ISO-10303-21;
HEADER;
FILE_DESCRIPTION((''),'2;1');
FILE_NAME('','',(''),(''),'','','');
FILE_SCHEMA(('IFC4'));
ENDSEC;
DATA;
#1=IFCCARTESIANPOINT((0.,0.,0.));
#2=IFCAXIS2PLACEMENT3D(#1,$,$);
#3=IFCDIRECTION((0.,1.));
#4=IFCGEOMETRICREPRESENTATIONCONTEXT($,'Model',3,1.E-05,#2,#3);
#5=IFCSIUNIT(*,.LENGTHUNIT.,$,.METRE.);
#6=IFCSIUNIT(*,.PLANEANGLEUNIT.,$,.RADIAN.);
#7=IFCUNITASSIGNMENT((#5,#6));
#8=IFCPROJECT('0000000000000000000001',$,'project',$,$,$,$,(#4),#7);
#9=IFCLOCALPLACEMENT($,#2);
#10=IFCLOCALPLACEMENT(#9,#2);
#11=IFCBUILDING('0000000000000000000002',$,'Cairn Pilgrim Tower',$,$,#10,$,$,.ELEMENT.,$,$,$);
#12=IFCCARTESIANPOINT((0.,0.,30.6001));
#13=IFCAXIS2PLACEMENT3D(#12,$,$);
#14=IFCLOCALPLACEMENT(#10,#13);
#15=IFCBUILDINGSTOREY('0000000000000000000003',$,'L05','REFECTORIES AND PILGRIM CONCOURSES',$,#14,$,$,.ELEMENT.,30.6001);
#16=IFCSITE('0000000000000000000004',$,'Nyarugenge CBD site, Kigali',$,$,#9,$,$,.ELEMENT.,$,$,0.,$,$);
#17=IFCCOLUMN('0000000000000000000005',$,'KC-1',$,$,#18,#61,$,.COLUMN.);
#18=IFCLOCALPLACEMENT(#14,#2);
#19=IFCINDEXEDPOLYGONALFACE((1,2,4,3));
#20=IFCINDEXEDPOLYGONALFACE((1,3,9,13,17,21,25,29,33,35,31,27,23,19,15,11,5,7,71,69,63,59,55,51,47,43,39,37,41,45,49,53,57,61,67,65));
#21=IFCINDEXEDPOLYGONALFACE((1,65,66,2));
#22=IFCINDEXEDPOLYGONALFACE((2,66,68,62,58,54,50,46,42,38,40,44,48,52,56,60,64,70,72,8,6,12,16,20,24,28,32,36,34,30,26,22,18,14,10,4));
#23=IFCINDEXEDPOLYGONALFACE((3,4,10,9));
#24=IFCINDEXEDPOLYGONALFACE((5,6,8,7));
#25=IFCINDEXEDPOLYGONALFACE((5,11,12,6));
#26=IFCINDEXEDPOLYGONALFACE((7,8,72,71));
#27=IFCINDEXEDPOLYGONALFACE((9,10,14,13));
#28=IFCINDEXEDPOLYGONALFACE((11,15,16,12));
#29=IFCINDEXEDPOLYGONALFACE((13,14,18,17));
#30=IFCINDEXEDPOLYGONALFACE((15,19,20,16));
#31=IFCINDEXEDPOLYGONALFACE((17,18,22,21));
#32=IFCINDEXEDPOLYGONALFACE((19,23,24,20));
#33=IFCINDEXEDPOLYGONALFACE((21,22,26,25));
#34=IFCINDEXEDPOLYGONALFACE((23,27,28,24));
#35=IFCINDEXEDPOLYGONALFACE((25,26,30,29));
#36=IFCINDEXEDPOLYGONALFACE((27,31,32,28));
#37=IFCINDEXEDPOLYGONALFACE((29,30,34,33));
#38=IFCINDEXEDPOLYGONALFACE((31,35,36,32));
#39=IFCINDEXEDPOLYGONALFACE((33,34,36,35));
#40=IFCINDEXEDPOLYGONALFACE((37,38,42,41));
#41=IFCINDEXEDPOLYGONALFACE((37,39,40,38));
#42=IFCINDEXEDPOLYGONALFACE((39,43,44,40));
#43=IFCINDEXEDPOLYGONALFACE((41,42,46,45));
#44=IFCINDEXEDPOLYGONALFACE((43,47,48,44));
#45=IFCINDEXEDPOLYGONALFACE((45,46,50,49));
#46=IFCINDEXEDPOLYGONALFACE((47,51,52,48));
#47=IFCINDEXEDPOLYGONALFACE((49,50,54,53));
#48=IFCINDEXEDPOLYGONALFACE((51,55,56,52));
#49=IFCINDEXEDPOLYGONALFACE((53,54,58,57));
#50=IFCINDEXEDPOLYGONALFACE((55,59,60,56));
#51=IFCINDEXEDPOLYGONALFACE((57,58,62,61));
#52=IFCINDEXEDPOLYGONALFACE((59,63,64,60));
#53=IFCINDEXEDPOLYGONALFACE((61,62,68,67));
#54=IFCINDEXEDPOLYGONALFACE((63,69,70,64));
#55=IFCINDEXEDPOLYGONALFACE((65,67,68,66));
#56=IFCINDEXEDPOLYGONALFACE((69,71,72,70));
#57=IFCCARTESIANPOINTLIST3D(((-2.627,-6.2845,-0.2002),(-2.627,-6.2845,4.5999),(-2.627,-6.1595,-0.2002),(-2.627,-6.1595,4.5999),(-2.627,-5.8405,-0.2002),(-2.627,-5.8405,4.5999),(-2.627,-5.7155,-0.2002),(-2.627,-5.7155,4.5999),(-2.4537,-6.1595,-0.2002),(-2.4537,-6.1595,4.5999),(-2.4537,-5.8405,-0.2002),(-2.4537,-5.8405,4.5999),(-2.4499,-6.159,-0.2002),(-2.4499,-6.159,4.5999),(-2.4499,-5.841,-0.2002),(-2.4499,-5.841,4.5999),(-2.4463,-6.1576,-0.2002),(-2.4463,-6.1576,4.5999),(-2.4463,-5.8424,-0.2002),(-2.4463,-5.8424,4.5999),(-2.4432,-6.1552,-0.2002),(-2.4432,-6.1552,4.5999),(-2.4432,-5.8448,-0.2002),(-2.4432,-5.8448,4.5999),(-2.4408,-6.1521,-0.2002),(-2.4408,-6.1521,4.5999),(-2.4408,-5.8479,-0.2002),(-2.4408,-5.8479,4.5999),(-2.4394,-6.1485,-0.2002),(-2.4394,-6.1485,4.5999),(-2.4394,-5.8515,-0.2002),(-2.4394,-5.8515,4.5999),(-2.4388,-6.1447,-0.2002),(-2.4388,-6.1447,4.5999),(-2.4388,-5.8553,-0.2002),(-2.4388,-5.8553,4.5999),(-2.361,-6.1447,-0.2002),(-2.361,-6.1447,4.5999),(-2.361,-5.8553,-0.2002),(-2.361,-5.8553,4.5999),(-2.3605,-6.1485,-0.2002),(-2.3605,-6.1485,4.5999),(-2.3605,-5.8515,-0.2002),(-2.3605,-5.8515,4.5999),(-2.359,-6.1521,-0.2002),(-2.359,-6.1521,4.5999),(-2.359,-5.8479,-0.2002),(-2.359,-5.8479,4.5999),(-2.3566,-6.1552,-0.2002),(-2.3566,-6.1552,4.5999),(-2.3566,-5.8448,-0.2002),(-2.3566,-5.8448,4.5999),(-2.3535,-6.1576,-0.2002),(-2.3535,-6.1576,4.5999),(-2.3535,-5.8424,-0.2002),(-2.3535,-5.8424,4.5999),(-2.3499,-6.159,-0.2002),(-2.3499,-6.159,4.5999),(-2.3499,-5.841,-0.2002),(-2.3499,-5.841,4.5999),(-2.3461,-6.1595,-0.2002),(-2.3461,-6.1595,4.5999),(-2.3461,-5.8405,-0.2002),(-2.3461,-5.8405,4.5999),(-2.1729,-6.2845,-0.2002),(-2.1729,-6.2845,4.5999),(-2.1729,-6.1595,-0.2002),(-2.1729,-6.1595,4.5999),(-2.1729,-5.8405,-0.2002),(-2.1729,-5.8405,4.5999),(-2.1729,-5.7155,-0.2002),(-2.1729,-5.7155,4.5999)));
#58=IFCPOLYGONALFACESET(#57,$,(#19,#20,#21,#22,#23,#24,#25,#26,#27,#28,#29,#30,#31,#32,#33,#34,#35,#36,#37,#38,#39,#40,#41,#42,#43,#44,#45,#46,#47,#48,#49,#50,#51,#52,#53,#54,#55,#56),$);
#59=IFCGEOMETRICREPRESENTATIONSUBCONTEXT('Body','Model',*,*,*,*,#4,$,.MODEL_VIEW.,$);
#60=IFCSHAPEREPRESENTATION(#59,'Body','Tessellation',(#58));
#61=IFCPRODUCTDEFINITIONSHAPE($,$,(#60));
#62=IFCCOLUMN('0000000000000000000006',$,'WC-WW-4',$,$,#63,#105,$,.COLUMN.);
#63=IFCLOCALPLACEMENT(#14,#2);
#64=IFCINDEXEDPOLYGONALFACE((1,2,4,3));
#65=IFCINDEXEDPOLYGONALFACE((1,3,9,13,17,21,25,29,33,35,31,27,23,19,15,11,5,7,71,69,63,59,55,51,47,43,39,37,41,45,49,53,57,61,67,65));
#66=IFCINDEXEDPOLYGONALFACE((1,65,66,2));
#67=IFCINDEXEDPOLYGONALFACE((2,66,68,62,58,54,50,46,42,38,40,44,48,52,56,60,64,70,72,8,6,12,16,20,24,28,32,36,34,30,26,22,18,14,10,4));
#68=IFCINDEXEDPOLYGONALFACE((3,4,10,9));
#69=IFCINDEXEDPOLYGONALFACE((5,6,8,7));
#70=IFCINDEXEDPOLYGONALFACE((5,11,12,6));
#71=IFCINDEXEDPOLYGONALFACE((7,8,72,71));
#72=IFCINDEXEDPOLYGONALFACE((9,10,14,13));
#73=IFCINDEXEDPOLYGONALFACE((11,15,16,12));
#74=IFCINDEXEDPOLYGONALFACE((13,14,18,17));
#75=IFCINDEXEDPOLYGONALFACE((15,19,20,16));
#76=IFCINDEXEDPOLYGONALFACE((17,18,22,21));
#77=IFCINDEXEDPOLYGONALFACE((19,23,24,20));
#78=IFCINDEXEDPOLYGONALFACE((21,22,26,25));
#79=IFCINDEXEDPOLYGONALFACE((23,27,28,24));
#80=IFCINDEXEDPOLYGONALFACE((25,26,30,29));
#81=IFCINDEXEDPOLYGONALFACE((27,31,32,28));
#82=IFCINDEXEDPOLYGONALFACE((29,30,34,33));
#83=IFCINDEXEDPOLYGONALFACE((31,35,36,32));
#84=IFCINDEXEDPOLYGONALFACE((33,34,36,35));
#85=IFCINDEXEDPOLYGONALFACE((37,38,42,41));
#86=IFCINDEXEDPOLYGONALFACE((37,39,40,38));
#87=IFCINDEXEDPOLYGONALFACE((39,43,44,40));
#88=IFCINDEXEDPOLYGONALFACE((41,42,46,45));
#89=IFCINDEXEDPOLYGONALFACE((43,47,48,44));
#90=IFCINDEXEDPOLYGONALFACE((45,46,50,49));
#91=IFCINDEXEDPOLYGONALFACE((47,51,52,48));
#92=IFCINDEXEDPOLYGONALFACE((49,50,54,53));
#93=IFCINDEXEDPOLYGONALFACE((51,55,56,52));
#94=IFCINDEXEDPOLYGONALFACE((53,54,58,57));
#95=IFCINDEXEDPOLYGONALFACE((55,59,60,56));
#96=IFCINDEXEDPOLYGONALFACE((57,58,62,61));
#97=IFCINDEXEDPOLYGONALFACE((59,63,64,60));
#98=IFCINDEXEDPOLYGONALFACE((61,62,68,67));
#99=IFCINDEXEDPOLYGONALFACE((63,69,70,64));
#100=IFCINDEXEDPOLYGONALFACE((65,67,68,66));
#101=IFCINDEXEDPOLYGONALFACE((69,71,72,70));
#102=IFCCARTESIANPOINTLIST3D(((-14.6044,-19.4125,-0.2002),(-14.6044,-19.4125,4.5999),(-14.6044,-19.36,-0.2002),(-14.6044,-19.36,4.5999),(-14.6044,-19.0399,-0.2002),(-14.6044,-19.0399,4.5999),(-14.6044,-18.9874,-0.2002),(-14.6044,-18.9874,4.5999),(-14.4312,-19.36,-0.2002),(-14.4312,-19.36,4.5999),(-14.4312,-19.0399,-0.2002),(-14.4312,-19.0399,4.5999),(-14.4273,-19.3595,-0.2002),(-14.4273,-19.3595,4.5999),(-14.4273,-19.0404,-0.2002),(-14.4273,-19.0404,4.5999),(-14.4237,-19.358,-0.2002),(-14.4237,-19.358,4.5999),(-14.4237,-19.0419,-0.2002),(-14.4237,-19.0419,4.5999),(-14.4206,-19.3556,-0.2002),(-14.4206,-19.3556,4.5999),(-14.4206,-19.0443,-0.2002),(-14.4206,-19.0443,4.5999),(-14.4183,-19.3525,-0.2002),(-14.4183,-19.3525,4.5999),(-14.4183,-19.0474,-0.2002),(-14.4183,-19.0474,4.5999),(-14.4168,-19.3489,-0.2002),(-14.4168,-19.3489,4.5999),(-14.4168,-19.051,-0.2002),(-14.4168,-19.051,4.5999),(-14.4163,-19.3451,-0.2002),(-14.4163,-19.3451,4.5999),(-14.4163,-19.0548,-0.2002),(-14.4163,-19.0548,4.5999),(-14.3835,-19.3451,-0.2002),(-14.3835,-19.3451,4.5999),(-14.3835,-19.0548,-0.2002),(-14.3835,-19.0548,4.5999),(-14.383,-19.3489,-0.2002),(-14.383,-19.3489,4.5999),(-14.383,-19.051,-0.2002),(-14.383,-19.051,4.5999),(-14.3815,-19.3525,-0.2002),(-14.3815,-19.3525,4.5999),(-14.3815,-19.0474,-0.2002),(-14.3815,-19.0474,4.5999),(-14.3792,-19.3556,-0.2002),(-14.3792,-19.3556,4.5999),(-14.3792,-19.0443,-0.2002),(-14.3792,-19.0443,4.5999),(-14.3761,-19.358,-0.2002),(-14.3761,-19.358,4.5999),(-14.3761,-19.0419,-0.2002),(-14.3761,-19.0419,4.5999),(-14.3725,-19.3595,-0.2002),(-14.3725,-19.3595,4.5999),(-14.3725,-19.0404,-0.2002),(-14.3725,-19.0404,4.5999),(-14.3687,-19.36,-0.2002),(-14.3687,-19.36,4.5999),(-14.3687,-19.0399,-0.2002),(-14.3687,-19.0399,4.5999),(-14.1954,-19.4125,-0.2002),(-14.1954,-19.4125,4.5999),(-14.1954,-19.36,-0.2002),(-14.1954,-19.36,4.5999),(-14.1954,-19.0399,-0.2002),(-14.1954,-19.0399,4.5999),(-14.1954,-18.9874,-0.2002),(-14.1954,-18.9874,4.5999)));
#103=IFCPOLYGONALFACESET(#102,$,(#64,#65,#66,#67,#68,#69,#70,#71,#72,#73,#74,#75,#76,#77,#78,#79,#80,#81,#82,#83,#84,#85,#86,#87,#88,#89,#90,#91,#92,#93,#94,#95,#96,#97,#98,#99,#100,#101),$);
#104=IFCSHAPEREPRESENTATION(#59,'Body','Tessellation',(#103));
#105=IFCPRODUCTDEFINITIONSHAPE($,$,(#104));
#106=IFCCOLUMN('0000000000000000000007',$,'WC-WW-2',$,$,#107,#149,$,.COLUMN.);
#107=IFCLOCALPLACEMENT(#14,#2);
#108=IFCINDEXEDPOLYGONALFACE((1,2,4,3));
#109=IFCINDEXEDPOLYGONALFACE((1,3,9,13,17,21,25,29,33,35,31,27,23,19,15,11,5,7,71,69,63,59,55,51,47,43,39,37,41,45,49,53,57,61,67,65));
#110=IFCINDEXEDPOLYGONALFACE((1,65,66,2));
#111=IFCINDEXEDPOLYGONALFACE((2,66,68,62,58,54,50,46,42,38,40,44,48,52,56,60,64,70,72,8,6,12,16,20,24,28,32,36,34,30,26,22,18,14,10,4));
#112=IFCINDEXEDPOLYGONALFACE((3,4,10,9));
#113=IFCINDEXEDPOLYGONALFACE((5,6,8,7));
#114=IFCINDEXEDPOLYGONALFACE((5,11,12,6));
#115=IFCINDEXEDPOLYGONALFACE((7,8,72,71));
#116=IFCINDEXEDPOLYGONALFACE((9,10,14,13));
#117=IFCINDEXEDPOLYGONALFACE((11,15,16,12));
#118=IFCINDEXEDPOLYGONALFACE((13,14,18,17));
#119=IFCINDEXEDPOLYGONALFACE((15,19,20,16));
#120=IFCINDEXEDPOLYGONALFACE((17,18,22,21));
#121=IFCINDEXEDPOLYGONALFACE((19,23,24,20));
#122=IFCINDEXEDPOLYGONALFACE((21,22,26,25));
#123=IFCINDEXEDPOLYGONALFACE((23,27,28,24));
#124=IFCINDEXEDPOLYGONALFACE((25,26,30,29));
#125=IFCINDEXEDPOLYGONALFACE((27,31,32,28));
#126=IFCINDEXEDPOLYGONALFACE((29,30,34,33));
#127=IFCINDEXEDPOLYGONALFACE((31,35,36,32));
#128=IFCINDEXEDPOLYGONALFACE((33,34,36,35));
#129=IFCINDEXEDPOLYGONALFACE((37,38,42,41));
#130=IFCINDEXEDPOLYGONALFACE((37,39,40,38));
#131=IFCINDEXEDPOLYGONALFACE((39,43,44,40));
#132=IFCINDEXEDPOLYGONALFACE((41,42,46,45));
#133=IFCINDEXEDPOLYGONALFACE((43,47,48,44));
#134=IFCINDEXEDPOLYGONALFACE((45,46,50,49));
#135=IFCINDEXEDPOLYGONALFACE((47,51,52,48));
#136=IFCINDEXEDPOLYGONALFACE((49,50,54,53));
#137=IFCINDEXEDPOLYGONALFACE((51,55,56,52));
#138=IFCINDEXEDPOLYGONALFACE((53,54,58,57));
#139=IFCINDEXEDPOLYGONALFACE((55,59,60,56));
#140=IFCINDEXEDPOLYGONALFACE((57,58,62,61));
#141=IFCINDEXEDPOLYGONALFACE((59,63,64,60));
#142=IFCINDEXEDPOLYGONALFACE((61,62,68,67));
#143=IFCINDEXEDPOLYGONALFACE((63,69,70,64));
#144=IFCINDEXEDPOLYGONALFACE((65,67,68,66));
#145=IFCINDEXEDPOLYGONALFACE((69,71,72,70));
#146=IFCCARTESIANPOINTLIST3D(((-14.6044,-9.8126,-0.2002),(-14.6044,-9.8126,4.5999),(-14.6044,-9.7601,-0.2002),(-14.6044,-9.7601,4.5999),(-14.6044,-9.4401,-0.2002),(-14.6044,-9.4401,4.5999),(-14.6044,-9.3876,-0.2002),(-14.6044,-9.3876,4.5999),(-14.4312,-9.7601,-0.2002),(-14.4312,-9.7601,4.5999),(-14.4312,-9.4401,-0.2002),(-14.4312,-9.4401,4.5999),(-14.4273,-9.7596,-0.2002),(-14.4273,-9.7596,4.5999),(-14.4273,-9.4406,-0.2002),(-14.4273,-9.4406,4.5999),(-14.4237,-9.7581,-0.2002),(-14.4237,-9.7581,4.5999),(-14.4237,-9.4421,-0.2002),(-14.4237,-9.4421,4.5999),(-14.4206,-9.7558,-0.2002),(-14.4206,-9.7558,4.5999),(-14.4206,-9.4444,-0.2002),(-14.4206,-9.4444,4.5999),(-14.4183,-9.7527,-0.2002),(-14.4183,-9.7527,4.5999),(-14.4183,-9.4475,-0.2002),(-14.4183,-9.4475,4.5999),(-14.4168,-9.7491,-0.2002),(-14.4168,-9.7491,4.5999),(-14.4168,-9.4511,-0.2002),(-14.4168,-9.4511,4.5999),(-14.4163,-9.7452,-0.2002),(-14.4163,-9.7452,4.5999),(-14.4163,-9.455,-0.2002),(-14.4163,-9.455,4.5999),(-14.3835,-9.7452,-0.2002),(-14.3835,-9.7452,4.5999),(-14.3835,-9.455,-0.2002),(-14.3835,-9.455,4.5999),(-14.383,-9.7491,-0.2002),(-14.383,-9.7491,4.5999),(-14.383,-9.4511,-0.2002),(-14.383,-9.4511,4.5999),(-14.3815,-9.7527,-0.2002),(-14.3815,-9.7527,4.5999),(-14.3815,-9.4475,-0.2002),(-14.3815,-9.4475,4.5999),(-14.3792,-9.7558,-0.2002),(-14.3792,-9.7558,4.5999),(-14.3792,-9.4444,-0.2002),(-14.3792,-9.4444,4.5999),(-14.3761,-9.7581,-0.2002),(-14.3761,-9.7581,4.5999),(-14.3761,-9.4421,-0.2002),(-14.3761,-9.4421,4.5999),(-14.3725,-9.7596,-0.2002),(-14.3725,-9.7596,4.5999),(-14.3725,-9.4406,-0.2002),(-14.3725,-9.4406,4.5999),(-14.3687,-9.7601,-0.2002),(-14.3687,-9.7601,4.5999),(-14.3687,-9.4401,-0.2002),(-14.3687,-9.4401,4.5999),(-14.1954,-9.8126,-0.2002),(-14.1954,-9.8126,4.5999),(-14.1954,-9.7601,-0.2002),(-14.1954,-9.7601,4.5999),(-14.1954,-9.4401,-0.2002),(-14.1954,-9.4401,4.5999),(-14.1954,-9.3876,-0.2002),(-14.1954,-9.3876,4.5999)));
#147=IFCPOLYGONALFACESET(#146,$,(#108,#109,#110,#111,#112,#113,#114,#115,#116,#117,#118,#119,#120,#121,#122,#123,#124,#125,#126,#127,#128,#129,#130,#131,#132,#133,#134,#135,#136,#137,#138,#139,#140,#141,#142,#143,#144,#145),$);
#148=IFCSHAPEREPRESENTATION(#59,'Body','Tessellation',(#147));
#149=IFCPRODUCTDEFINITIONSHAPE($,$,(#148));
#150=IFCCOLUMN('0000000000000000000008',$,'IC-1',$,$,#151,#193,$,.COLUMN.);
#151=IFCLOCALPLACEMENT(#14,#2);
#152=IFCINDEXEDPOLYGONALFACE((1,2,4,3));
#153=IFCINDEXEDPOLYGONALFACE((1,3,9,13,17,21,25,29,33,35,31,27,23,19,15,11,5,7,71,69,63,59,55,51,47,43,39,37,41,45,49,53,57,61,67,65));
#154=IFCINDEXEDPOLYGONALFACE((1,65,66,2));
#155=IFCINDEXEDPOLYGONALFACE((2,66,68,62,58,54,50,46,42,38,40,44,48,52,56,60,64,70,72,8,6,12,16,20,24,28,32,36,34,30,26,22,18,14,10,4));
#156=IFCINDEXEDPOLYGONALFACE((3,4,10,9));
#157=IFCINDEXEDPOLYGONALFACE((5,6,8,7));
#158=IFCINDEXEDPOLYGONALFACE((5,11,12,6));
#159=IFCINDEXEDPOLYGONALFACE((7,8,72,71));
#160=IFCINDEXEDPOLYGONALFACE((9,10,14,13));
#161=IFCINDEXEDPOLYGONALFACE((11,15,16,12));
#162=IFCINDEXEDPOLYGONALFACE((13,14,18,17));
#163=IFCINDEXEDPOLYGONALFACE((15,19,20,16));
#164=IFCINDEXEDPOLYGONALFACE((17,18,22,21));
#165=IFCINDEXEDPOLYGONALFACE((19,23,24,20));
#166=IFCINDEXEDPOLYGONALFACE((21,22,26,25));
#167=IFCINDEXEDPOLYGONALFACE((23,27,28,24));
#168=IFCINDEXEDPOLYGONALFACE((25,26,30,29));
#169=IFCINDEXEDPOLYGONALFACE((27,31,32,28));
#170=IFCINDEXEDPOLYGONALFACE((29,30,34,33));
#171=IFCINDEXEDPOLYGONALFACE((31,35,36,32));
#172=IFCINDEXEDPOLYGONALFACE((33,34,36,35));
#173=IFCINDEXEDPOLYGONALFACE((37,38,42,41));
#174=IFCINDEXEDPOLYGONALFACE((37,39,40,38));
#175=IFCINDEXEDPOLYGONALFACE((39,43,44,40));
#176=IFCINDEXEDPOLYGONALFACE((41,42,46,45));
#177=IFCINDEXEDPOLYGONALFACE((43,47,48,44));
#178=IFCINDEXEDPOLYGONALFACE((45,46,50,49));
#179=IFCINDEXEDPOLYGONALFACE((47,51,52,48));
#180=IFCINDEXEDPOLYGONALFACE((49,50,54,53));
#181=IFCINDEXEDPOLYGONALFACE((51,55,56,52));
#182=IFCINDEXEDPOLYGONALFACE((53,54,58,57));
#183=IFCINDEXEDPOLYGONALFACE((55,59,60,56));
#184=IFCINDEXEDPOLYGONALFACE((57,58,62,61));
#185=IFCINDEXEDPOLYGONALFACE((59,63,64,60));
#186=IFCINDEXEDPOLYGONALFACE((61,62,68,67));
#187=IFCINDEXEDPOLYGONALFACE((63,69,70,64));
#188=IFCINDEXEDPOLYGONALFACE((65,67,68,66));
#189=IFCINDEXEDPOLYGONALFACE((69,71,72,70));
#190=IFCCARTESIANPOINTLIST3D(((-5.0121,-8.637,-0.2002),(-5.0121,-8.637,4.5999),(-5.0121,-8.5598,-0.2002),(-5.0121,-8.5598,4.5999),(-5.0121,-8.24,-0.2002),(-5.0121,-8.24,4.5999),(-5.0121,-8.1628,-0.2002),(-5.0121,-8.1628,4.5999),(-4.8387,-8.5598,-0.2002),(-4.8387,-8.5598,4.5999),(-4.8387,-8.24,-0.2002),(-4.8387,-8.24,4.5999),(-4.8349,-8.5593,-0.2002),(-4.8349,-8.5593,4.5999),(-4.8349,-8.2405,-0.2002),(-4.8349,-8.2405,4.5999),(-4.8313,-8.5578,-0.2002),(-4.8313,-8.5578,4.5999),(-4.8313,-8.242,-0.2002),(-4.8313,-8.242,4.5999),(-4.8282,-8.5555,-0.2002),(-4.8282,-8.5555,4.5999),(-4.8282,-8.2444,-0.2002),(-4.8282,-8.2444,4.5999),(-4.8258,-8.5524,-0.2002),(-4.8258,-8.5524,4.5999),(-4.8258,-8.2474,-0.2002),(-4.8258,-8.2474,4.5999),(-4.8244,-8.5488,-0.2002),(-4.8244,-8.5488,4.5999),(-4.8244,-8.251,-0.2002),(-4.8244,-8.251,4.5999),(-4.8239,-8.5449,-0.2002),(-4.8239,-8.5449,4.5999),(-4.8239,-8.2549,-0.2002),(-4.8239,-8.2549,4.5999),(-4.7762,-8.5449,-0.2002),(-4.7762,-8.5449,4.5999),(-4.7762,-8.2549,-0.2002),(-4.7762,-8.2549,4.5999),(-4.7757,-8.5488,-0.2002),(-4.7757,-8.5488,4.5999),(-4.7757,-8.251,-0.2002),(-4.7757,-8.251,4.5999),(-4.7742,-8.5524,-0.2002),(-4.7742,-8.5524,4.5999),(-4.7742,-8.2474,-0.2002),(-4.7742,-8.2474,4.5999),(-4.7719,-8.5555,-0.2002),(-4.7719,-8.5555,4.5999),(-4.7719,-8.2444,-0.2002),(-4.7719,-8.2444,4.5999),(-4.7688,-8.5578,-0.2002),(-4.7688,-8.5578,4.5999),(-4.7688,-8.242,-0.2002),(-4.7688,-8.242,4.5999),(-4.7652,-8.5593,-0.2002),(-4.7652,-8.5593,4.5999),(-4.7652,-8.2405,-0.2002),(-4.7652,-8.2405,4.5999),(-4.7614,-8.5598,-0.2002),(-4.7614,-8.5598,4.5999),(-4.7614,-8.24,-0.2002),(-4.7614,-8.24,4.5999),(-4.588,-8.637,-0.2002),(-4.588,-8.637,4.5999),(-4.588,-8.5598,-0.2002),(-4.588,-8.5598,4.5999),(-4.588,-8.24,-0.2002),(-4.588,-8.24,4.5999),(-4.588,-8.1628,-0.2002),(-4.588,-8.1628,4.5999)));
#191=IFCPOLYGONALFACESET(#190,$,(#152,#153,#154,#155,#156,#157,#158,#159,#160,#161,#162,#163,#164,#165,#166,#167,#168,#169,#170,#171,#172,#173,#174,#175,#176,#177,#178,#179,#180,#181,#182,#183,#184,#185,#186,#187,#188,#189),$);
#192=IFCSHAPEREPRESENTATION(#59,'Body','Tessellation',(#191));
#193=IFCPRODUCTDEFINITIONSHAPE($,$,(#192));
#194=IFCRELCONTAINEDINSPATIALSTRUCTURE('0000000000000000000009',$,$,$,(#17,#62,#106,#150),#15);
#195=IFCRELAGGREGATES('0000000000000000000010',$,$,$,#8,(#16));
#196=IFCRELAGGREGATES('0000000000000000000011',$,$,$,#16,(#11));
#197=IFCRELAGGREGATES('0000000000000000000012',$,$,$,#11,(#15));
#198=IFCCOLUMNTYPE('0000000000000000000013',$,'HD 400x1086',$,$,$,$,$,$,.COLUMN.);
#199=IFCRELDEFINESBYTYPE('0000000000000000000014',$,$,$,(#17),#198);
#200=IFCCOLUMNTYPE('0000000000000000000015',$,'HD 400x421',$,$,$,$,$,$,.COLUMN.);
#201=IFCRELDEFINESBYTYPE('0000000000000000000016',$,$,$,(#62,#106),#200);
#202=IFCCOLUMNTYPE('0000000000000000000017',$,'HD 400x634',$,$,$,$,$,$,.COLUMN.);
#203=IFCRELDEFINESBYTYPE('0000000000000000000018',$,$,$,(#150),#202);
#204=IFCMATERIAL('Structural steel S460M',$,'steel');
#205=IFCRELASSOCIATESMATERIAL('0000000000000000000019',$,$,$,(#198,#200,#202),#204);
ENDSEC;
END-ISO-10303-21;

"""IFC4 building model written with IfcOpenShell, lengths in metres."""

from ifc_helpers import new_model, si_unit, direction, frame, origin, origin_2d, place, context, subcontext, project, spatial, i_section, extrude, material, material_profile, profile_set, type_object, element, save


model = new_model("IFC4")

# Units and contexts
model_context = context("Model", 3, precision=1e-05, world=origin(), true_north=direction((0.0, 1.0)))
body_context = subcontext(model_context, "Body", "Model", "MODEL_VIEW")
ifc_project = project(units=[si_unit("LENGTHUNIT", "METRE"), si_unit("PLANEANGLEUNIT", "RADIAN")], contexts=[model_context])

# Site, building, storey
site_placement = place(None, origin())
site = spatial("IfcSite", under=ifc_project, at=site_placement, Name="Nyarugenge CBD site, Kigali", CompositionType="ELEMENT", RefElevation=0.0)
building_placement = place(site_placement, origin())
building = spatial("IfcBuilding", under=site, at=building_placement, Name="Cairn Pilgrim Tower", CompositionType="ELEMENT")
storey_placement = place(building_placement, frame((0.0, 0.0, 30.6001)))
storey = spatial("IfcBuildingStorey", under=building, at=storey_placement, Name="L05", Description="REFECTORIES AND PILGRIM CONCOURSES", CompositionType="ELEMENT", Elevation=30.6001)

# Columns
ifc_material_1 = material(Name="Structural steel S460M", Category="steel")
ifc_material_profile_1 = material_profile(ifc_material_1, i_section(OverallWidth=0.4541, OverallDepth=0.5691, WebThickness=0.0779, FlangeThickness=0.125, FilletRadius=0.0149, at=origin_2d()), Name="HD 400x1086")
ifc_profile_set_1 = profile_set([ifc_material_profile_1], Name="Structural steel S460M")
column_type_1 = type_object("IfcColumnType", Name="HD 400x1086", PredefinedType="COLUMN", material=ifc_profile_set_1)
column_1_placement = place(storey_placement, frame((-2.3999, -6.0, -0.2002), z_axis=(0.0, 0.0, 1.0), x_axis=(1.0, 0.0, 0.0)))
element("IfcColumn", 1, at=column_1_placement, inside=storey, type_object=column_type_1, Name="KC-1", PredefinedType="COLUMN", context=body_context, shape_type="SweptSolid", body=[
    extrude(i_section(OverallWidth=0.4541, OverallDepth=0.5691, WebThickness=0.0779, FlangeThickness=0.125, FilletRadius=0.0149, at=origin_2d()), origin(), (0.0, 0.0, 1.0), 4.8),
])
ifc_material_profile_2 = material_profile(ifc_material_1, i_section(OverallWidth=0.4089, OverallDepth=0.425, WebThickness=0.0327, FlangeThickness=0.0525, FilletRadius=0.0149, at=origin_2d()), Name="HD 400x421")
ifc_profile_set_2 = profile_set([ifc_material_profile_2], Name="Structural steel S460M")
column_type_2 = type_object("IfcColumnType", Name="HD 400x421", PredefinedType="COLUMN", material=ifc_profile_set_2)
for number, where, z_axis, x_axis, name in (
    (2, (-14.3999, -19.2, -0.2002), (0.0, 0.0, 1.0), (1.0, 0.0, 0.0), "WC-WW-4"),
    (3, (-14.3999, -9.6001, -0.2002), (0.0, 0.0, 1.0), (1.0, 0.0, 0.0), "WC-WW-2"),
):
    element("IfcColumn", number, at=place(storey_placement, frame(where, z_axis=z_axis, x_axis=x_axis)), inside=storey, type_object=column_type_2, Name=name, PredefinedType="COLUMN", context=body_context, shape_type="SweptSolid", body=[
        extrude(i_section(OverallWidth=0.4089, OverallDepth=0.425, WebThickness=0.0327, FlangeThickness=0.0525, FilletRadius=0.0149, at=origin_2d()), origin(), (0.0, 0.0, 1.0), 4.8),
    ])
ifc_material_profile_3 = material_profile(ifc_material_1, i_section(OverallWidth=0.4241, OverallDepth=0.4741, WebThickness=0.0476, FlangeThickness=0.0771, FilletRadius=0.0149, at=origin_2d()), Name="HD 400x634")
ifc_profile_set_3 = profile_set([ifc_material_profile_3], Name="Structural steel S460M")
column_type_3 = type_object("IfcColumnType", Name="HD 400x634", PredefinedType="COLUMN", material=ifc_profile_set_3)
column_2_placement = place(storey_placement, frame((-4.8, -8.3999, -0.2002), z_axis=(0.0, 0.0, 1.0), x_axis=(1.0, 0.0, 0.0)))
element("IfcColumn", 4, at=column_2_placement, inside=storey, type_object=column_type_3, Name="IC-1", PredefinedType="COLUMN", context=body_context, shape_type="SweptSolid", body=[
    extrude(i_section(OverallWidth=0.4241, OverallDepth=0.4741, WebThickness=0.0476, FlangeThickness=0.0771, FilletRadius=0.0149, at=origin_2d()), origin(), (0.0, 0.0, 1.0), 4.8),
])

save(model, "model.ifc")
